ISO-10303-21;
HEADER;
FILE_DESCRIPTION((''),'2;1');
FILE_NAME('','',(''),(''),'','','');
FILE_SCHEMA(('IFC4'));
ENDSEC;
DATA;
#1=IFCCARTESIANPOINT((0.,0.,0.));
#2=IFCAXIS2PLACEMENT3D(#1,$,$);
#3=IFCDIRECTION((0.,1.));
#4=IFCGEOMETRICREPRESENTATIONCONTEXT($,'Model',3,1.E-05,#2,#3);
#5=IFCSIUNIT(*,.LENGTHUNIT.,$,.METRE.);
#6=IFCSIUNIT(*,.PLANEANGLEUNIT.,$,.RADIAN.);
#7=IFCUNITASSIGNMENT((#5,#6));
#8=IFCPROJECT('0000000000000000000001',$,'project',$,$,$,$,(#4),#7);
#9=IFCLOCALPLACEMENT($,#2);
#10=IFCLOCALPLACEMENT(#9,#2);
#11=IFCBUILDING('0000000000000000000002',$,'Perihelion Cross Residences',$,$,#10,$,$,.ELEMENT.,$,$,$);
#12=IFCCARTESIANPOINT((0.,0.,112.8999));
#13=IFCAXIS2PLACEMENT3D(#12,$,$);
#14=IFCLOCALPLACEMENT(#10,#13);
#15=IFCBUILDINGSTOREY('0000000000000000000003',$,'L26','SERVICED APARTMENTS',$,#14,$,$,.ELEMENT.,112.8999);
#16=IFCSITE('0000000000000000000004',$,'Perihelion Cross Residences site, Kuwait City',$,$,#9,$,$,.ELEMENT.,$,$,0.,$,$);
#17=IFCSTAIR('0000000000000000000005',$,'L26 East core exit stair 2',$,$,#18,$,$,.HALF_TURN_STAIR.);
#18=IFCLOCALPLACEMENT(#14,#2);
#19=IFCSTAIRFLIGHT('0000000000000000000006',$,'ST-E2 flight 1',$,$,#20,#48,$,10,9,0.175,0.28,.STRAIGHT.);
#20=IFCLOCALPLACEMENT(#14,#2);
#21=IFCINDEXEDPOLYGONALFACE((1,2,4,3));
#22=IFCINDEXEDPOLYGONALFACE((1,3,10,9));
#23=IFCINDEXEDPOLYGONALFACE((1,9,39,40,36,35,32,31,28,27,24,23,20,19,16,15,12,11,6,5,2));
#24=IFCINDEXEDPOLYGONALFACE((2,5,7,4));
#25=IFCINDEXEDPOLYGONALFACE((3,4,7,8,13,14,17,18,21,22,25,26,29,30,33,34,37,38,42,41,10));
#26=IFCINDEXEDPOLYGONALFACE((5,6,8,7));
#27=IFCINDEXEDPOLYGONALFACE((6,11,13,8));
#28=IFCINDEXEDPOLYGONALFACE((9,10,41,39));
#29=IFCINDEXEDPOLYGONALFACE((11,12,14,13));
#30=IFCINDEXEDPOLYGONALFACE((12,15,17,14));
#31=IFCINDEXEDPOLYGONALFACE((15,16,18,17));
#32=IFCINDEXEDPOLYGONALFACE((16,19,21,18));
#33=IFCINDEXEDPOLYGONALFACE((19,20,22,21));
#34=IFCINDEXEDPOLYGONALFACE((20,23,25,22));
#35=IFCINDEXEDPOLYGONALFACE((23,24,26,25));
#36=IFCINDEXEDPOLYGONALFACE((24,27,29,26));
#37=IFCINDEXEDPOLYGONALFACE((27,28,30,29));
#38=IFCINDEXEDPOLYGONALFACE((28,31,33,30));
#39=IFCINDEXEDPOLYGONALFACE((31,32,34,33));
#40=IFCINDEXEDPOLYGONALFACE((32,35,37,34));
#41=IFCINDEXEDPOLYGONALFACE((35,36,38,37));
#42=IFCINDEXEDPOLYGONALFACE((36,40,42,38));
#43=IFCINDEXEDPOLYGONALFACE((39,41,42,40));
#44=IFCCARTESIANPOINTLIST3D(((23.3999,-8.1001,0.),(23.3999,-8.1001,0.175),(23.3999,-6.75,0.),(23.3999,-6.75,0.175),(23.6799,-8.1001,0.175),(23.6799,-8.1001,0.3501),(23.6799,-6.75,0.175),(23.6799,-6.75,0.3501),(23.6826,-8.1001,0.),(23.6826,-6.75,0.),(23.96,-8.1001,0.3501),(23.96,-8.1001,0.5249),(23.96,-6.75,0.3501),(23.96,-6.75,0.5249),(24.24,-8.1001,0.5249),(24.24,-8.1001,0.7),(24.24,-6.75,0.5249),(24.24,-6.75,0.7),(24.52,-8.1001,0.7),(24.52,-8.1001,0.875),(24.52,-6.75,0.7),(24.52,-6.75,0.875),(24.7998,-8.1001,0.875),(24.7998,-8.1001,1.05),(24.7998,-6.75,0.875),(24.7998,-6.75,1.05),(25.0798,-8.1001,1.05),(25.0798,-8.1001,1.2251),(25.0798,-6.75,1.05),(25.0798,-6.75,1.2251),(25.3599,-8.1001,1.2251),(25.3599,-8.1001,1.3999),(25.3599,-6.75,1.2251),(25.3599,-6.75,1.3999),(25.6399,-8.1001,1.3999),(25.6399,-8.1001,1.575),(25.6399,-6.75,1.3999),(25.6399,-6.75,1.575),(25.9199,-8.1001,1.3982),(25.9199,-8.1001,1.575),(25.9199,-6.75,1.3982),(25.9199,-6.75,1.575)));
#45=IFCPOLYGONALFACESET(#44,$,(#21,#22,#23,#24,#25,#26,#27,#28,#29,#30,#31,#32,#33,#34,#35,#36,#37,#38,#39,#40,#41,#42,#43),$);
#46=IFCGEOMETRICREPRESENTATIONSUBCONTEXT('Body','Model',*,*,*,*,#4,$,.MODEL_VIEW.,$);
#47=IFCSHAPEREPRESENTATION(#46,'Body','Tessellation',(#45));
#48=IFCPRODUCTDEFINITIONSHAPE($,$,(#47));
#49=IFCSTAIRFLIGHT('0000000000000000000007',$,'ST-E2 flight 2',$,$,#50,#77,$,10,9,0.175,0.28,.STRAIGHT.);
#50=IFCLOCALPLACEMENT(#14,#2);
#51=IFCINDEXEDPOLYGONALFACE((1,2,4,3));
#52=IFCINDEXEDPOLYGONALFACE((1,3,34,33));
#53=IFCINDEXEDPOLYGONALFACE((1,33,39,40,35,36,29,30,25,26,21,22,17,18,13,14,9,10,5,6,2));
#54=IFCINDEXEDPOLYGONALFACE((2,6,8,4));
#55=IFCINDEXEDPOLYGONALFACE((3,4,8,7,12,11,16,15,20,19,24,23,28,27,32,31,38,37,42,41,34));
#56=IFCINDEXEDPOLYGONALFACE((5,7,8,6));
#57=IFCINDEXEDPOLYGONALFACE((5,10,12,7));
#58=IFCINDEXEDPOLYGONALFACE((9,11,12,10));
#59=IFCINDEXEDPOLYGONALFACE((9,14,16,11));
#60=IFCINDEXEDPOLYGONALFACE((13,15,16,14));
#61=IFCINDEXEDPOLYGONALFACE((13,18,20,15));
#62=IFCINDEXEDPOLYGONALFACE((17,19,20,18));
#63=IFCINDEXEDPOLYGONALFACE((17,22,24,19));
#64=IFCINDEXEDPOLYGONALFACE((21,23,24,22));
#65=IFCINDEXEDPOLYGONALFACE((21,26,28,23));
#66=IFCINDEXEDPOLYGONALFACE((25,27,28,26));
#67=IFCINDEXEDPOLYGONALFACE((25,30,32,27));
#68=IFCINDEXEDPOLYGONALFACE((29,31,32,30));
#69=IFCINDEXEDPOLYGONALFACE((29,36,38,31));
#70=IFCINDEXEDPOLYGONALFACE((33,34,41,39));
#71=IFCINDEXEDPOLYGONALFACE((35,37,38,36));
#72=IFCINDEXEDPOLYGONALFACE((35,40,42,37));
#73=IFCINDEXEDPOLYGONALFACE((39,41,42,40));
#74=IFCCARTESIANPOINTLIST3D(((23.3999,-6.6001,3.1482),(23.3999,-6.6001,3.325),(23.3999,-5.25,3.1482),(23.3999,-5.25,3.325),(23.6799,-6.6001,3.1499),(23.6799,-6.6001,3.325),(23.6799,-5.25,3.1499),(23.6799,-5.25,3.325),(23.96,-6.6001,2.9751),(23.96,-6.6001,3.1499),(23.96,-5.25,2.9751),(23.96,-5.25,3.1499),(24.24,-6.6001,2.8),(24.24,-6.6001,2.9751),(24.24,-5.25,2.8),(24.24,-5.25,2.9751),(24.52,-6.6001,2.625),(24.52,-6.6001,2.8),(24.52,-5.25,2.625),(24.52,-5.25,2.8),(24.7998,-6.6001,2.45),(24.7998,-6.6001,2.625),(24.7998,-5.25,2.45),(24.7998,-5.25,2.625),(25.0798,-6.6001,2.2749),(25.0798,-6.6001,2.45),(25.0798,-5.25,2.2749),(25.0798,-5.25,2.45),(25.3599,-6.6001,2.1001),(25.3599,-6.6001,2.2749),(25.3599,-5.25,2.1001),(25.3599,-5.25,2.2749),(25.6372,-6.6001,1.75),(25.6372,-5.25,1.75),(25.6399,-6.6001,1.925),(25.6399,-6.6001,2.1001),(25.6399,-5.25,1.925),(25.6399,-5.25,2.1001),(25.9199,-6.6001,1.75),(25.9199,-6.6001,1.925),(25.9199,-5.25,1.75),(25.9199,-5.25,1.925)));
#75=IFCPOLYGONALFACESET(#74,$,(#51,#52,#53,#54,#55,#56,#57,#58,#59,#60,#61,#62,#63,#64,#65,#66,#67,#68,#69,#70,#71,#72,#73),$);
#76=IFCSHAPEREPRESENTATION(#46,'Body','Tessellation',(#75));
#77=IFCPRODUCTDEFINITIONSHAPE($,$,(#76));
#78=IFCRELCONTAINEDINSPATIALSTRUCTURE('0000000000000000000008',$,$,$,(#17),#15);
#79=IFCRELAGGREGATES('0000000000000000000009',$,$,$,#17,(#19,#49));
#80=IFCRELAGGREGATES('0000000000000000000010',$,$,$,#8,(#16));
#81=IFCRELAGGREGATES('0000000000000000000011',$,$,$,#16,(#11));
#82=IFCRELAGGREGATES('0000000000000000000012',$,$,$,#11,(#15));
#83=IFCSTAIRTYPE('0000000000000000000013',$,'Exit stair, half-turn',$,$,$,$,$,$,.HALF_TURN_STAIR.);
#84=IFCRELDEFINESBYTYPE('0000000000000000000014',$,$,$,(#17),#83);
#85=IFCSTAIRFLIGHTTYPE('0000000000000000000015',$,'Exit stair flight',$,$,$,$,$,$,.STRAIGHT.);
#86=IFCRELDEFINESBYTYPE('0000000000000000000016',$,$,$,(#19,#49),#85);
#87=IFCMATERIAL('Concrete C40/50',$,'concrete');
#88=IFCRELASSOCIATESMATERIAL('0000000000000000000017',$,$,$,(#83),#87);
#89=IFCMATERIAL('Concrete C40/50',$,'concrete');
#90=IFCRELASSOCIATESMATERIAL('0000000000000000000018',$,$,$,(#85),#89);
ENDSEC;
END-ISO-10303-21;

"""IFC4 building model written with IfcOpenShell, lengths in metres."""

from ifc_helpers import new_model, si_unit, direction, frame, origin, place, context, subcontext, project, spatial, polyline, outline, extrude, material, type_object, element, aggregate, save


model = new_model("IFC4")

# Units and contexts
model_context = context("Model", 3, precision=1e-05, world=origin(), true_north=direction((0.0, 1.0)))
body_context = subcontext(model_context, "Body", "Model", "MODEL_VIEW")
ifc_project = project(units=[si_unit("LENGTHUNIT", "METRE"), si_unit("PLANEANGLEUNIT", "RADIAN")], contexts=[model_context])

# Site, building, storey
site_placement = place(None, origin())
site = spatial("IfcSite", under=ifc_project, at=site_placement, Name="Perihelion Cross Residences site, Kuwait City", CompositionType="ELEMENT", RefElevation=0.0)
building_placement = place(site_placement, origin())
building = spatial("IfcBuilding", under=site, at=building_placement, Name="Perihelion Cross Residences", CompositionType="ELEMENT")
storey_placement = place(building_placement, frame((0.0, 0.0, 112.8999)))
storey = spatial("IfcBuildingStorey", under=building, at=storey_placement, Name="L26", Description="SERVICED APARTMENTS", CompositionType="ELEMENT", Elevation=112.8999)

# Stair, stair flights
ifc_material_1 = material(Name="Concrete C40/50", Category="concrete")
stair_type = type_object("IfcStairType", Name="Exit stair, half-turn", PredefinedType="HALF_TURN_STAIR", material=ifc_material_1)
stair_placement = place(storey_placement, origin())
stair = element("IfcStair", 1, at=stair_placement, inside=storey, type_object=stair_type, Name="L26 East core exit stair 2", PredefinedType="HALF_TURN_STAIR")
ifc_material_2 = material(Name="Concrete C40/50", Category="concrete")
stair_flight_type = type_object("IfcStairFlightType", Name="Exit stair flight", PredefinedType="STRAIGHT", material=ifc_material_2)
stair_flight_1_placement = place(storey_placement, frame((23.3999, -7.425, 0.0), z_axis=(0.0, 0.0, 1.0), x_axis=(1.0, 0.0, 0.0)))
stair_flight_1 = element("IfcStairFlight", 2, at=stair_flight_1_placement, type_object=stair_flight_type, Name="ST-E2 flight 1", NumberOfRisers=10, NumberOfTreads=9, PredefinedType="STRAIGHT", RiserHeight=0.175, TreadLength=0.28, context=body_context, shape_type="SweptSolid", body=[
    extrude(outline(polyline([(0.0, 0.0), (0.0, 0.175), (0.28, 0.175), (0.28, 0.3501), (0.5601, 0.3501), (0.5601, 0.5249), (0.8401, 0.5249), (0.8401, 0.7), (1.1201, 0.7), (1.1201, 0.875), (1.3999, 0.875), (1.3999, 1.05), (1.6799, 1.05), (1.6799, 1.2251), (1.96, 1.2251), (1.96, 1.3999), (2.24, 1.3999), (2.24, 1.575), (2.52, 1.575), (2.52, 1.75), (2.52, 1.3982), (0.2827, 0.0), (0.0, 0.0)])), frame((0.0, 0.675, 0.0), z_axis=(0.0, -1.0, 0.0), x_axis=(1.0, 0.0, 0.0)), (0.0, 0.0, 1.0), 1.3501),
])
stair_flight_2_placement = place(storey_placement, frame((25.9199, -5.925, 1.75), z_axis=(0.0, 0.0, 1.0), x_axis=(-1.0, 0.0, 0.0)))
stair_flight_2 = element("IfcStairFlight", 3, at=stair_flight_2_placement, type_object=stair_flight_type, Name="ST-E2 flight 2", NumberOfRisers=10, NumberOfTreads=9, PredefinedType="STRAIGHT", RiserHeight=0.175, TreadLength=0.28, context=body_context, shape_type="SweptSolid", body=[
    extrude(outline(polyline([(0.0, 0.0), (0.0, 0.175), (0.28, 0.175), (0.28, 0.3501), (0.5601, 0.3501), (0.5601, 0.5249), (0.8401, 0.5249), (0.8401, 0.7), (1.1201, 0.7), (1.1201, 0.875), (1.3999, 0.875), (1.3999, 1.05), (1.6799, 1.05), (1.6799, 1.2251), (1.96, 1.2251), (1.96, 1.3999), (2.24, 1.3999), (2.24, 1.575), (2.52, 1.575), (2.52, 1.75), (2.52, 1.3982), (0.2827, 0.0), (0.0, 0.0)])), frame((0.0, 0.675, 0.0), z_axis=(0.0, -1.0, 0.0), x_axis=(1.0, 0.0, 0.0)), (0.0, 0.0, 1.0), 1.3501),
])
aggregate(stair, [stair_flight_1, stair_flight_2])

save(model, "model.ifc")
